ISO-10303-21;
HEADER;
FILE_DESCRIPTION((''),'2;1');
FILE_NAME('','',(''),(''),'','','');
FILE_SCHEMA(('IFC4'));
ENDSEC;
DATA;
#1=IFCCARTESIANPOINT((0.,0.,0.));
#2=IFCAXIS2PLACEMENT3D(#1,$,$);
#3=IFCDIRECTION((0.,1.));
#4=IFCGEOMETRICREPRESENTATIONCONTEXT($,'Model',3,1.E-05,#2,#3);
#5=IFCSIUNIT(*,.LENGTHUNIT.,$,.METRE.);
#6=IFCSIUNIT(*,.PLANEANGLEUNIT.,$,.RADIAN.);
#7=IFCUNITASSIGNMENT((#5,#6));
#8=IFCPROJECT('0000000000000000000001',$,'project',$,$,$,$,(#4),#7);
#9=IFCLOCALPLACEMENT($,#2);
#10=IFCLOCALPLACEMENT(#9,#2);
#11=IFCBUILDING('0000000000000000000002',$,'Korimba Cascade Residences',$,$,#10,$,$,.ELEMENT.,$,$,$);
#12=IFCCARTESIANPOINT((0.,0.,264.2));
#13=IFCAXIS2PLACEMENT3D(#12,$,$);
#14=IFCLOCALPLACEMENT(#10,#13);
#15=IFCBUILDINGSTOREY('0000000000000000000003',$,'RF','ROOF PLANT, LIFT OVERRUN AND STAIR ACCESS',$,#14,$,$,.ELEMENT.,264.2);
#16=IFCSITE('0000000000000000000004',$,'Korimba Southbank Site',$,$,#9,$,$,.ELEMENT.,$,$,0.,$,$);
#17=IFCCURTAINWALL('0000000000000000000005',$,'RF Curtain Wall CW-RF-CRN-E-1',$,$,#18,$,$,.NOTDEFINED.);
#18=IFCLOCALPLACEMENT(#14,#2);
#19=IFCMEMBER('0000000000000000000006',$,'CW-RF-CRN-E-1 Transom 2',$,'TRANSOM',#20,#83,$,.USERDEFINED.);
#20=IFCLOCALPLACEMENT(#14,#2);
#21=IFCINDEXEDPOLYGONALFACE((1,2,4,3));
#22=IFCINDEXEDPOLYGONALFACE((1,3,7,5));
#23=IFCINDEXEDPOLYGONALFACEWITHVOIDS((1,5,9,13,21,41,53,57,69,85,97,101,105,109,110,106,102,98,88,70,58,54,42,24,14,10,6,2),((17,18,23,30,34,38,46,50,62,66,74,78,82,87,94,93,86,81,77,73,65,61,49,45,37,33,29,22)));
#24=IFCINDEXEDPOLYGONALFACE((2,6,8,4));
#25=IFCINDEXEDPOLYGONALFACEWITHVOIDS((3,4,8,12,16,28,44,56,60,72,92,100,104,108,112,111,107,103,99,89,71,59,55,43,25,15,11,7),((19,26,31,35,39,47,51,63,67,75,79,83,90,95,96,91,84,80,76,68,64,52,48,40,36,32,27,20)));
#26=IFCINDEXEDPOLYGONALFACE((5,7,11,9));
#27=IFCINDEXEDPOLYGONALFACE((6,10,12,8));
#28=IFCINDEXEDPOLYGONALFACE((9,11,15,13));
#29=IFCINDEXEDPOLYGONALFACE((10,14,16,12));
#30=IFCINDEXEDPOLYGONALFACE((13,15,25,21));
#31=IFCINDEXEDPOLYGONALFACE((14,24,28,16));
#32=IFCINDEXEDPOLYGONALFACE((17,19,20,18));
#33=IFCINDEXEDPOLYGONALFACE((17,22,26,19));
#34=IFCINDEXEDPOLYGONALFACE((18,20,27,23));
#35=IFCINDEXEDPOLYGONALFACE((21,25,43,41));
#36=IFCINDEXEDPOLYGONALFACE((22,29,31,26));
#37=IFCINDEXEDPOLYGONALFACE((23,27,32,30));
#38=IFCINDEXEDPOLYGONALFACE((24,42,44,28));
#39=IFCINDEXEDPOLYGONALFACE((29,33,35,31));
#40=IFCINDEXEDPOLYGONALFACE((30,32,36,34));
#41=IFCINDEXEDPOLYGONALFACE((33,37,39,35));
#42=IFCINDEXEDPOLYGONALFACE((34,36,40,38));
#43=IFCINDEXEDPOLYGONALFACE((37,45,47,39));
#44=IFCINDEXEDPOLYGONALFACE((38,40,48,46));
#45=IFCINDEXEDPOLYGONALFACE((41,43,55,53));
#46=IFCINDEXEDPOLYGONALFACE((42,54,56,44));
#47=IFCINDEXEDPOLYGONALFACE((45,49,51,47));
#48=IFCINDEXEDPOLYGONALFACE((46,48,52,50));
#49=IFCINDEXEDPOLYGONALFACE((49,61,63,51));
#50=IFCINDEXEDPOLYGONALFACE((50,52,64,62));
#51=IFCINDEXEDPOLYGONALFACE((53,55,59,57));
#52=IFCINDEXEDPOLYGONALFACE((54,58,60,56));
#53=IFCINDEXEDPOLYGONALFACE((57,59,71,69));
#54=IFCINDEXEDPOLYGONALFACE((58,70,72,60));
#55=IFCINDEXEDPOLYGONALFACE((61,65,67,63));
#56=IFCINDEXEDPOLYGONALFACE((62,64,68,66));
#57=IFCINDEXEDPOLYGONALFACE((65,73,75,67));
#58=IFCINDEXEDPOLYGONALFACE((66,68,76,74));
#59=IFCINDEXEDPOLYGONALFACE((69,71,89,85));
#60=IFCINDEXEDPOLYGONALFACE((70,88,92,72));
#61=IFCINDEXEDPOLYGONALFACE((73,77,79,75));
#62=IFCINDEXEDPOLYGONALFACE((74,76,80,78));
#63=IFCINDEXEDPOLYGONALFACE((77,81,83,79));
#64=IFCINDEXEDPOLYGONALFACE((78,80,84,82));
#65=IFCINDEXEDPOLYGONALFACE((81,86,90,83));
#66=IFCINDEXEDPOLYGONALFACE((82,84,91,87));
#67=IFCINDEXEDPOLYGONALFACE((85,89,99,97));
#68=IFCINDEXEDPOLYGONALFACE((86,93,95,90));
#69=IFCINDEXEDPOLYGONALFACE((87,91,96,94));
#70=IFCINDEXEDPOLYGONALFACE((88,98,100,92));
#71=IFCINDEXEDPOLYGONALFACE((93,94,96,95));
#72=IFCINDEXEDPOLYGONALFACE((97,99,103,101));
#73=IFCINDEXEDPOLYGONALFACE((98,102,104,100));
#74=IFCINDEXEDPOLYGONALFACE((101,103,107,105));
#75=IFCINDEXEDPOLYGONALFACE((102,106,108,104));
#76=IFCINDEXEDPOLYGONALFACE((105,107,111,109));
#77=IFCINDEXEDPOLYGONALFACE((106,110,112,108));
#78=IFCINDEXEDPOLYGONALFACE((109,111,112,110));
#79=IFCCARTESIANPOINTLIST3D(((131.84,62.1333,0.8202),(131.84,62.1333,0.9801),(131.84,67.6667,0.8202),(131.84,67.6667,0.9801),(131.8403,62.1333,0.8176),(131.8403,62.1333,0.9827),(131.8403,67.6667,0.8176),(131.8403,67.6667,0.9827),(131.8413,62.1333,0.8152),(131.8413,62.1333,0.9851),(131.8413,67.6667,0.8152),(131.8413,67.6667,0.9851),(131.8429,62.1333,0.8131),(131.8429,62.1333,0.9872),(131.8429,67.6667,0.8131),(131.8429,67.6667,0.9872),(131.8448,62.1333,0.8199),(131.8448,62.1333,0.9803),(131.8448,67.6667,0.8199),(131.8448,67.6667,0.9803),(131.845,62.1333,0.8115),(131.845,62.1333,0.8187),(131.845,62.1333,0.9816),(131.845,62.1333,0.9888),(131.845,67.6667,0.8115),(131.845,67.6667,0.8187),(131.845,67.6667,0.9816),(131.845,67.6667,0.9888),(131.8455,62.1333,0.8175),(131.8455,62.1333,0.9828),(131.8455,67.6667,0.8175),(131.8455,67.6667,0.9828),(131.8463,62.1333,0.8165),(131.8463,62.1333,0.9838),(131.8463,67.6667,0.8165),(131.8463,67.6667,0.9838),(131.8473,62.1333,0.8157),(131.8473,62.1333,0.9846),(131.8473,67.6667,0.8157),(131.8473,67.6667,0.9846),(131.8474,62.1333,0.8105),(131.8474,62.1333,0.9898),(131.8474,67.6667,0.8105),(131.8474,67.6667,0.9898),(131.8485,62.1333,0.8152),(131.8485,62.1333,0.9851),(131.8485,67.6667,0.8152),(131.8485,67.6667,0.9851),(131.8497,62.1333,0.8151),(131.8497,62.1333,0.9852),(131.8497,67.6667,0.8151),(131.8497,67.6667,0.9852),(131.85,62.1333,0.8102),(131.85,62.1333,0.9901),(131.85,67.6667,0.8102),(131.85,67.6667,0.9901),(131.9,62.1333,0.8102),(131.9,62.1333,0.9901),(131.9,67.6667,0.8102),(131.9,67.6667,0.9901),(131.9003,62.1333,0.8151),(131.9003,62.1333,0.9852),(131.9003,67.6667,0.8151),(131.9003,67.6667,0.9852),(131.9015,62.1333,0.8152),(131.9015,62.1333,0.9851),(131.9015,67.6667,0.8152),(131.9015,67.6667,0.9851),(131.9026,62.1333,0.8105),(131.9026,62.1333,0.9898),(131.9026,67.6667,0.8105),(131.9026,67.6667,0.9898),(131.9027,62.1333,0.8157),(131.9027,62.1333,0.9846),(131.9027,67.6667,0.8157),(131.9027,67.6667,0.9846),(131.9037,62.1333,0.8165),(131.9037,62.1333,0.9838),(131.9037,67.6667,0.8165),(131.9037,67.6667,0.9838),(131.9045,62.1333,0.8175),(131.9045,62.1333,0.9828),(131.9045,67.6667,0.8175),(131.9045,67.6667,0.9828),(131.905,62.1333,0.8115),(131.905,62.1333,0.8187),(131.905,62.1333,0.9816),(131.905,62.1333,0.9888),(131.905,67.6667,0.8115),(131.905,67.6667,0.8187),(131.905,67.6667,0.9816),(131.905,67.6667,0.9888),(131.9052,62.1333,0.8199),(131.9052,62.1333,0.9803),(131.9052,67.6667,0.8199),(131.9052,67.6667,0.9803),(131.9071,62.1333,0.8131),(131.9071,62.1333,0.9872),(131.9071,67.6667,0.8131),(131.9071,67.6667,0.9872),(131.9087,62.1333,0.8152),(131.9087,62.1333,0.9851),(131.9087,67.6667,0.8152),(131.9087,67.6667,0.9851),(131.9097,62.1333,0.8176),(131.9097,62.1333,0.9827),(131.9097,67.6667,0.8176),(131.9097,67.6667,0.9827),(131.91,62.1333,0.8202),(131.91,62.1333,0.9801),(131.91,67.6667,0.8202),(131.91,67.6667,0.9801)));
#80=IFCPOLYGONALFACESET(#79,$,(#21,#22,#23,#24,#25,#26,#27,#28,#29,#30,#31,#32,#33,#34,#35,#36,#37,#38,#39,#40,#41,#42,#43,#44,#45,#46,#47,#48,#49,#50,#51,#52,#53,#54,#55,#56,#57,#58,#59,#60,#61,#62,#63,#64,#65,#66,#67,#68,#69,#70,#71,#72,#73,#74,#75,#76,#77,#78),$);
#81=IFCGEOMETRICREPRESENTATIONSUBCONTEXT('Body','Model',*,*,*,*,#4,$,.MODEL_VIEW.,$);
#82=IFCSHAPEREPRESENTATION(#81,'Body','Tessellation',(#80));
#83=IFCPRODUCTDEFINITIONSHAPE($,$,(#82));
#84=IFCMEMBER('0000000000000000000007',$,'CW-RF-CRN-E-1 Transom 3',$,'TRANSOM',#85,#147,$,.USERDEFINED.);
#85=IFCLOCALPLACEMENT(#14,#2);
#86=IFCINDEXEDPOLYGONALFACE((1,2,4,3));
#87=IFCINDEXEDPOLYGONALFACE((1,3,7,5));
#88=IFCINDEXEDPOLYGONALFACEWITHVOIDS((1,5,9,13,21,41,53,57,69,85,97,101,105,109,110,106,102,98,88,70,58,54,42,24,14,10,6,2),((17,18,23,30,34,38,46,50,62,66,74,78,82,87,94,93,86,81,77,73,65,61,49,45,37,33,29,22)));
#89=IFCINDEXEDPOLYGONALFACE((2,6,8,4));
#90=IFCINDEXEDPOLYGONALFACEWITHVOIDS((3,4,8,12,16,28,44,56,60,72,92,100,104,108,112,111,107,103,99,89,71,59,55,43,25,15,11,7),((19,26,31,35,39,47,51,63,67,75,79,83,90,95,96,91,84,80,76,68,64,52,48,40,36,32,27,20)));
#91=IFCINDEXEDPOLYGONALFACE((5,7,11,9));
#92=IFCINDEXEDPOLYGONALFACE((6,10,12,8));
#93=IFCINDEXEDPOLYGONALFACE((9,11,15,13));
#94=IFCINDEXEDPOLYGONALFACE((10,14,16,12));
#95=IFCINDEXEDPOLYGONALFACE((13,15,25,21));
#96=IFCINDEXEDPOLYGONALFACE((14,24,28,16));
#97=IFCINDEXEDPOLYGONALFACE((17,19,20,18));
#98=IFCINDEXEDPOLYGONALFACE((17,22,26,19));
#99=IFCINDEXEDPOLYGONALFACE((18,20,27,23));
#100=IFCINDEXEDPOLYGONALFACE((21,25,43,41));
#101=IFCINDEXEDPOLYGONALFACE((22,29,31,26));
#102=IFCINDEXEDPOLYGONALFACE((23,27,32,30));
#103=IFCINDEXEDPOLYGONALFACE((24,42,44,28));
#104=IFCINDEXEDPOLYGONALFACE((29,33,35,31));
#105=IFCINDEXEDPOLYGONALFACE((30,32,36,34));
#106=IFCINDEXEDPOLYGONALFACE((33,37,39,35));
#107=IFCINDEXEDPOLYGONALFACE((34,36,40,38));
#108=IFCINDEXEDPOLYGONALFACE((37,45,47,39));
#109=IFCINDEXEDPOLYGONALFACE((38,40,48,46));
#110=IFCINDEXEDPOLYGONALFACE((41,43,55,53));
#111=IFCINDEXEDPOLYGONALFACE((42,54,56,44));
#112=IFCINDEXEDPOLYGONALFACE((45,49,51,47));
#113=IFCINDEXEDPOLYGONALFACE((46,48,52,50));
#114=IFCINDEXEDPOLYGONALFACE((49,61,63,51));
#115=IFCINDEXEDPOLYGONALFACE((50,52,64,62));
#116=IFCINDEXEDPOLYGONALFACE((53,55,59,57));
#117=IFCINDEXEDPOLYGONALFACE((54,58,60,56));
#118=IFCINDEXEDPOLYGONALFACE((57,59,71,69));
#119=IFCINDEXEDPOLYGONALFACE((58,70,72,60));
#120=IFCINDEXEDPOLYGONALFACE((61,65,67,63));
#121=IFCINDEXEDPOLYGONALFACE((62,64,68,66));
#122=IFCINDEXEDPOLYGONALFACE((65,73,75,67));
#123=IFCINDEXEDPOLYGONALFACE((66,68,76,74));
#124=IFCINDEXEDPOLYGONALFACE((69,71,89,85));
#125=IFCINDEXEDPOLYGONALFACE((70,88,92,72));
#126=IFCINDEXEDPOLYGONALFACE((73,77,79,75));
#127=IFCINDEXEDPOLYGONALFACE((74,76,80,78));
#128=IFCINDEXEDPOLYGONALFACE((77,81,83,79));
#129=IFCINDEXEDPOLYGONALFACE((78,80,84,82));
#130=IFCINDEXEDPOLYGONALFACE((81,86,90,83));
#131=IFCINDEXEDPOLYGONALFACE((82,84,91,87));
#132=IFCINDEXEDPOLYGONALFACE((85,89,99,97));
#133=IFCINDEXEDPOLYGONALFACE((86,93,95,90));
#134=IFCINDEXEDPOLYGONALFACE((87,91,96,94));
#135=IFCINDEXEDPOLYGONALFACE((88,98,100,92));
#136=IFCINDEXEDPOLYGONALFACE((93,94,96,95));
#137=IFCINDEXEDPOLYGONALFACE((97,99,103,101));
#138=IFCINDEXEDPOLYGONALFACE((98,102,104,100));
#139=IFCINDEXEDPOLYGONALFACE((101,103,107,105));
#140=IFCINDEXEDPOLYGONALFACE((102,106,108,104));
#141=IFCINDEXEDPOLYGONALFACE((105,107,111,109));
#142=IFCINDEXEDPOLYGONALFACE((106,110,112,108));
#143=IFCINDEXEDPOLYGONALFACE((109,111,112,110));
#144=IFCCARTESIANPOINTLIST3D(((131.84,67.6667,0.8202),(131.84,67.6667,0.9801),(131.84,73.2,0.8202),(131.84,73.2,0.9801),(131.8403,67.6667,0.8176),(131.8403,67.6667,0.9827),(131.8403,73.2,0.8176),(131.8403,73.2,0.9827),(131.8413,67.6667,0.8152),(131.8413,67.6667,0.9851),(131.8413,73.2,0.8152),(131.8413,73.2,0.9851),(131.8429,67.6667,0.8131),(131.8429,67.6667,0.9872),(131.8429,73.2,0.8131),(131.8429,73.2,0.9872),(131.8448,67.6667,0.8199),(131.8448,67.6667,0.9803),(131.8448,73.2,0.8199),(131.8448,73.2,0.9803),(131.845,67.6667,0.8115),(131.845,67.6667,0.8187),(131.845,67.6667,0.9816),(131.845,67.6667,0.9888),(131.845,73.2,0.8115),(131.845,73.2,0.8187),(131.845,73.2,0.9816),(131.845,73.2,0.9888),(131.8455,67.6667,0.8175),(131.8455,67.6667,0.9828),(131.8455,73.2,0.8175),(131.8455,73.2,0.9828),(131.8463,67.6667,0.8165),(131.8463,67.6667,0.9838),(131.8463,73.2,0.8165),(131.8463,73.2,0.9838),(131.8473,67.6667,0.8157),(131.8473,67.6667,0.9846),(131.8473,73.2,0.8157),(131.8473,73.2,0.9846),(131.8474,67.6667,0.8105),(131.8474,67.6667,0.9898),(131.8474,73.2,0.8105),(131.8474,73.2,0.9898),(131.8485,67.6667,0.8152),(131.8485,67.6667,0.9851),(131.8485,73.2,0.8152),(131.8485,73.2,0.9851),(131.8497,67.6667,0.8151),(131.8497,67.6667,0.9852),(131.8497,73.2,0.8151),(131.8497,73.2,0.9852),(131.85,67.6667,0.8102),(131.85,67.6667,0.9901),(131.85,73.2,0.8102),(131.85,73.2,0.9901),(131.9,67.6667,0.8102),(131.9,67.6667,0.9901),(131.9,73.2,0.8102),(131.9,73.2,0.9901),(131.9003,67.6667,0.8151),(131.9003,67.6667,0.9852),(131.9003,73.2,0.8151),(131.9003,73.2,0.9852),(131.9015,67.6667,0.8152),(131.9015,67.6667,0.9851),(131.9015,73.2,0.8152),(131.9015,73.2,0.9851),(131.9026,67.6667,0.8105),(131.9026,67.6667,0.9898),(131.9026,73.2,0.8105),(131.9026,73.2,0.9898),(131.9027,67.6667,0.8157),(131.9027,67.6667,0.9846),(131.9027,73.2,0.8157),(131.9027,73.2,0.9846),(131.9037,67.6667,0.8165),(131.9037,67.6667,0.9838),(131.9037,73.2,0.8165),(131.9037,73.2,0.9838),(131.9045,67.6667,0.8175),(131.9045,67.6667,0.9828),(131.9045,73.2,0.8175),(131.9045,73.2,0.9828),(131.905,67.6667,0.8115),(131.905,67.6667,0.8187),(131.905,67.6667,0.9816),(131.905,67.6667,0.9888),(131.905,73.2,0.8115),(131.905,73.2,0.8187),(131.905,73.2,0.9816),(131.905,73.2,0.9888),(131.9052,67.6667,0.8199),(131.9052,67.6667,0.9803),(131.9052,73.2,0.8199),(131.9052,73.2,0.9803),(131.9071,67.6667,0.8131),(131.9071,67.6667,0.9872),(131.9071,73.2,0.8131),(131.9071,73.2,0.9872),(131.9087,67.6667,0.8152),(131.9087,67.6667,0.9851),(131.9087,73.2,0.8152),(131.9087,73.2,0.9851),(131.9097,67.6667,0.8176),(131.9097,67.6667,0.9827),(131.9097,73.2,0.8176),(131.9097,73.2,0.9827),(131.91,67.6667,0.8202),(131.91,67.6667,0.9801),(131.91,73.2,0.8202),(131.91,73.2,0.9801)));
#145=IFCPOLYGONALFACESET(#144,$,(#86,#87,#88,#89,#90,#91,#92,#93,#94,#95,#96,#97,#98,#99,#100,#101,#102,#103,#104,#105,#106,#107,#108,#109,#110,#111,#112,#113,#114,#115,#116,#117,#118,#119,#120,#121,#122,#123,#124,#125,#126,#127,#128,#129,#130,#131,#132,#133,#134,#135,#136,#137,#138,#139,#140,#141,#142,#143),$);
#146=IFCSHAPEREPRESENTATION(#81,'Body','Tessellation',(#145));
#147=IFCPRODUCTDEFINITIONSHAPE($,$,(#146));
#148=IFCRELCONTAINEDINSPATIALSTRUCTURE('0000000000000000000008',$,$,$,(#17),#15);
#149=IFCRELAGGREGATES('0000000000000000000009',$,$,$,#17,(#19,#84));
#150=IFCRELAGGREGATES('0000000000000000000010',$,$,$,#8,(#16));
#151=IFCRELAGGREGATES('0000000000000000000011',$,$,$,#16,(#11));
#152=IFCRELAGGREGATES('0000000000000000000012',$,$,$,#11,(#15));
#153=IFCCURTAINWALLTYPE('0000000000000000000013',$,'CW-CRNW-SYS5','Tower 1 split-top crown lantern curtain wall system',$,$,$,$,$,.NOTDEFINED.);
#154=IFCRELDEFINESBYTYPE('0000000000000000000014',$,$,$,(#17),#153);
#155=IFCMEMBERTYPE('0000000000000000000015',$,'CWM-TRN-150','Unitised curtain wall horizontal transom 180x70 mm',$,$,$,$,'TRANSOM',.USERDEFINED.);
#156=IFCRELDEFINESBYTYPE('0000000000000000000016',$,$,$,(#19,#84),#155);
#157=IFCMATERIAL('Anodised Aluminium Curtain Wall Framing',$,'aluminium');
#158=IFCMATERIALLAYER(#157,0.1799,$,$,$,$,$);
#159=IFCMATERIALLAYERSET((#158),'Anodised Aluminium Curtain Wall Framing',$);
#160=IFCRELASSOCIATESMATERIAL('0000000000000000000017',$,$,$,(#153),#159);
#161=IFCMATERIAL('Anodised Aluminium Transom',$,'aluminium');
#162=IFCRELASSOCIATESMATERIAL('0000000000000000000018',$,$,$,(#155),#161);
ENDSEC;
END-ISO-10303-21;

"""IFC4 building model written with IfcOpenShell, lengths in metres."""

from ifc_helpers import new_model, si_unit, direction, frame, origin, origin_2d, place, context, subcontext, project, spatial, hollow_rectangle, extrude, material, layer, layer_set, material_profile, profile_set, type_object, element, aggregate, save


model = new_model("IFC4")

# Units and contexts
model_context = context("Model", 3, precision=1e-05, world=origin(), true_north=direction((0.0, 1.0)))
body_context = subcontext(model_context, "Body", "Model", "MODEL_VIEW")
ifc_project = project(units=[si_unit("LENGTHUNIT", "METRE"), si_unit("PLANEANGLEUNIT", "RADIAN")], contexts=[model_context])

# Site, building, storey
site_placement = place(None, origin())
site = spatial("IfcSite", under=ifc_project, at=site_placement, Name="Korimba Southbank Site", CompositionType="ELEMENT", RefElevation=0.0)
building_placement = place(site_placement, origin())
building = spatial("IfcBuilding", under=site, at=building_placement, Name="Korimba Cascade Residences", CompositionType="ELEMENT")
storey_placement = place(building_placement, frame((0.0, 0.0, 264.2)))
storey = spatial("IfcBuildingStorey", under=building, at=storey_placement, Name="RF", Description="ROOF PLANT, LIFT OVERRUN AND STAIR ACCESS", CompositionType="ELEMENT", Elevation=264.2)

# Curtain wall, members
ifc_material_1 = material(Name="Anodised Aluminium Curtain Wall Framing", Category="aluminium")
ifc_layer_1 = layer(ifc_material_1, 0.1799)
ifc_layer_set_1 = layer_set([ifc_layer_1], Name="Anodised Aluminium Curtain Wall Framing")
curtain_wall_type = type_object("IfcCurtainWallType", Name="CW-CRNW-SYS5", Description="Tower 1 split-top crown lantern curtain wall system", PredefinedType="NOTDEFINED", material=ifc_layer_set_1)
curtain_wall_placement = place(storey_placement, origin())
curtain_wall = element("IfcCurtainWall", 1, at=curtain_wall_placement, inside=storey, type_object=curtain_wall_type, Name="RF Curtain Wall CW-RF-CRN-E-1", PredefinedType="NOTDEFINED")
ifc_material_2 = material(Name="Anodised Aluminium Transom", Category="aluminium")
ifc_material_profile_1 = material_profile(ifc_material_2, hollow_rectangle(XDim=0.0701, YDim=0.1799, WallThickness=0.0049, InnerFilletRadius=0.0049, OuterFilletRadius=0.01, at=origin_2d()), Name="Anodised Aluminium Transom")
ifc_profile_set_1 = profile_set([ifc_material_profile_1], Name="Anodised Aluminium Transom")
member_type_1 = type_object("IfcMemberType", Name="CWM-TRN-150", Description="Unitised curtain wall horizontal transom 180x70 mm", ElementType="TRANSOM", PredefinedType="USERDEFINED", material=ifc_profile_set_1)
member_1_placement = place(storey_placement, frame((131.875, 62.1333, 0.9001), z_axis=(0.0, 1.0, 0.0), x_axis=(-1.0, 0.0, 0.0)))
member_1 = element("IfcMember", 2, at=member_1_placement, type_object=member_type_1, Name="CW-RF-CRN-E-1 Transom 2", ObjectType="TRANSOM", PredefinedType="USERDEFINED", context=body_context, shape_type="SweptSolid", body=[
    extrude(hollow_rectangle(XDim=0.0701, YDim=0.1799, WallThickness=0.0049, InnerFilletRadius=0.0049, OuterFilletRadius=0.01, at=origin_2d()), origin(), (0.0, 0.0, 1.0), 5.5334),
])
member_2_placement = place(storey_placement, frame((131.875, 67.6667, 0.9001), z_axis=(0.0, 1.0, 0.0), x_axis=(-1.0, 0.0, 0.0)))
member_2 = element("IfcMember", 3, at=member_2_placement, type_object=member_type_1, Name="CW-RF-CRN-E-1 Transom 3", ObjectType="TRANSOM", PredefinedType="USERDEFINED", context=body_context, shape_type="SweptSolid", body=[
    extrude(hollow_rectangle(XDim=0.0701, YDim=0.1799, WallThickness=0.0049, InnerFilletRadius=0.0049, OuterFilletRadius=0.01, at=origin_2d()), origin(), (0.0, 0.0, 1.0), 5.5332),
])

aggregate(curtain_wall, [member_1, member_2])

save(model, "model.ifc")
